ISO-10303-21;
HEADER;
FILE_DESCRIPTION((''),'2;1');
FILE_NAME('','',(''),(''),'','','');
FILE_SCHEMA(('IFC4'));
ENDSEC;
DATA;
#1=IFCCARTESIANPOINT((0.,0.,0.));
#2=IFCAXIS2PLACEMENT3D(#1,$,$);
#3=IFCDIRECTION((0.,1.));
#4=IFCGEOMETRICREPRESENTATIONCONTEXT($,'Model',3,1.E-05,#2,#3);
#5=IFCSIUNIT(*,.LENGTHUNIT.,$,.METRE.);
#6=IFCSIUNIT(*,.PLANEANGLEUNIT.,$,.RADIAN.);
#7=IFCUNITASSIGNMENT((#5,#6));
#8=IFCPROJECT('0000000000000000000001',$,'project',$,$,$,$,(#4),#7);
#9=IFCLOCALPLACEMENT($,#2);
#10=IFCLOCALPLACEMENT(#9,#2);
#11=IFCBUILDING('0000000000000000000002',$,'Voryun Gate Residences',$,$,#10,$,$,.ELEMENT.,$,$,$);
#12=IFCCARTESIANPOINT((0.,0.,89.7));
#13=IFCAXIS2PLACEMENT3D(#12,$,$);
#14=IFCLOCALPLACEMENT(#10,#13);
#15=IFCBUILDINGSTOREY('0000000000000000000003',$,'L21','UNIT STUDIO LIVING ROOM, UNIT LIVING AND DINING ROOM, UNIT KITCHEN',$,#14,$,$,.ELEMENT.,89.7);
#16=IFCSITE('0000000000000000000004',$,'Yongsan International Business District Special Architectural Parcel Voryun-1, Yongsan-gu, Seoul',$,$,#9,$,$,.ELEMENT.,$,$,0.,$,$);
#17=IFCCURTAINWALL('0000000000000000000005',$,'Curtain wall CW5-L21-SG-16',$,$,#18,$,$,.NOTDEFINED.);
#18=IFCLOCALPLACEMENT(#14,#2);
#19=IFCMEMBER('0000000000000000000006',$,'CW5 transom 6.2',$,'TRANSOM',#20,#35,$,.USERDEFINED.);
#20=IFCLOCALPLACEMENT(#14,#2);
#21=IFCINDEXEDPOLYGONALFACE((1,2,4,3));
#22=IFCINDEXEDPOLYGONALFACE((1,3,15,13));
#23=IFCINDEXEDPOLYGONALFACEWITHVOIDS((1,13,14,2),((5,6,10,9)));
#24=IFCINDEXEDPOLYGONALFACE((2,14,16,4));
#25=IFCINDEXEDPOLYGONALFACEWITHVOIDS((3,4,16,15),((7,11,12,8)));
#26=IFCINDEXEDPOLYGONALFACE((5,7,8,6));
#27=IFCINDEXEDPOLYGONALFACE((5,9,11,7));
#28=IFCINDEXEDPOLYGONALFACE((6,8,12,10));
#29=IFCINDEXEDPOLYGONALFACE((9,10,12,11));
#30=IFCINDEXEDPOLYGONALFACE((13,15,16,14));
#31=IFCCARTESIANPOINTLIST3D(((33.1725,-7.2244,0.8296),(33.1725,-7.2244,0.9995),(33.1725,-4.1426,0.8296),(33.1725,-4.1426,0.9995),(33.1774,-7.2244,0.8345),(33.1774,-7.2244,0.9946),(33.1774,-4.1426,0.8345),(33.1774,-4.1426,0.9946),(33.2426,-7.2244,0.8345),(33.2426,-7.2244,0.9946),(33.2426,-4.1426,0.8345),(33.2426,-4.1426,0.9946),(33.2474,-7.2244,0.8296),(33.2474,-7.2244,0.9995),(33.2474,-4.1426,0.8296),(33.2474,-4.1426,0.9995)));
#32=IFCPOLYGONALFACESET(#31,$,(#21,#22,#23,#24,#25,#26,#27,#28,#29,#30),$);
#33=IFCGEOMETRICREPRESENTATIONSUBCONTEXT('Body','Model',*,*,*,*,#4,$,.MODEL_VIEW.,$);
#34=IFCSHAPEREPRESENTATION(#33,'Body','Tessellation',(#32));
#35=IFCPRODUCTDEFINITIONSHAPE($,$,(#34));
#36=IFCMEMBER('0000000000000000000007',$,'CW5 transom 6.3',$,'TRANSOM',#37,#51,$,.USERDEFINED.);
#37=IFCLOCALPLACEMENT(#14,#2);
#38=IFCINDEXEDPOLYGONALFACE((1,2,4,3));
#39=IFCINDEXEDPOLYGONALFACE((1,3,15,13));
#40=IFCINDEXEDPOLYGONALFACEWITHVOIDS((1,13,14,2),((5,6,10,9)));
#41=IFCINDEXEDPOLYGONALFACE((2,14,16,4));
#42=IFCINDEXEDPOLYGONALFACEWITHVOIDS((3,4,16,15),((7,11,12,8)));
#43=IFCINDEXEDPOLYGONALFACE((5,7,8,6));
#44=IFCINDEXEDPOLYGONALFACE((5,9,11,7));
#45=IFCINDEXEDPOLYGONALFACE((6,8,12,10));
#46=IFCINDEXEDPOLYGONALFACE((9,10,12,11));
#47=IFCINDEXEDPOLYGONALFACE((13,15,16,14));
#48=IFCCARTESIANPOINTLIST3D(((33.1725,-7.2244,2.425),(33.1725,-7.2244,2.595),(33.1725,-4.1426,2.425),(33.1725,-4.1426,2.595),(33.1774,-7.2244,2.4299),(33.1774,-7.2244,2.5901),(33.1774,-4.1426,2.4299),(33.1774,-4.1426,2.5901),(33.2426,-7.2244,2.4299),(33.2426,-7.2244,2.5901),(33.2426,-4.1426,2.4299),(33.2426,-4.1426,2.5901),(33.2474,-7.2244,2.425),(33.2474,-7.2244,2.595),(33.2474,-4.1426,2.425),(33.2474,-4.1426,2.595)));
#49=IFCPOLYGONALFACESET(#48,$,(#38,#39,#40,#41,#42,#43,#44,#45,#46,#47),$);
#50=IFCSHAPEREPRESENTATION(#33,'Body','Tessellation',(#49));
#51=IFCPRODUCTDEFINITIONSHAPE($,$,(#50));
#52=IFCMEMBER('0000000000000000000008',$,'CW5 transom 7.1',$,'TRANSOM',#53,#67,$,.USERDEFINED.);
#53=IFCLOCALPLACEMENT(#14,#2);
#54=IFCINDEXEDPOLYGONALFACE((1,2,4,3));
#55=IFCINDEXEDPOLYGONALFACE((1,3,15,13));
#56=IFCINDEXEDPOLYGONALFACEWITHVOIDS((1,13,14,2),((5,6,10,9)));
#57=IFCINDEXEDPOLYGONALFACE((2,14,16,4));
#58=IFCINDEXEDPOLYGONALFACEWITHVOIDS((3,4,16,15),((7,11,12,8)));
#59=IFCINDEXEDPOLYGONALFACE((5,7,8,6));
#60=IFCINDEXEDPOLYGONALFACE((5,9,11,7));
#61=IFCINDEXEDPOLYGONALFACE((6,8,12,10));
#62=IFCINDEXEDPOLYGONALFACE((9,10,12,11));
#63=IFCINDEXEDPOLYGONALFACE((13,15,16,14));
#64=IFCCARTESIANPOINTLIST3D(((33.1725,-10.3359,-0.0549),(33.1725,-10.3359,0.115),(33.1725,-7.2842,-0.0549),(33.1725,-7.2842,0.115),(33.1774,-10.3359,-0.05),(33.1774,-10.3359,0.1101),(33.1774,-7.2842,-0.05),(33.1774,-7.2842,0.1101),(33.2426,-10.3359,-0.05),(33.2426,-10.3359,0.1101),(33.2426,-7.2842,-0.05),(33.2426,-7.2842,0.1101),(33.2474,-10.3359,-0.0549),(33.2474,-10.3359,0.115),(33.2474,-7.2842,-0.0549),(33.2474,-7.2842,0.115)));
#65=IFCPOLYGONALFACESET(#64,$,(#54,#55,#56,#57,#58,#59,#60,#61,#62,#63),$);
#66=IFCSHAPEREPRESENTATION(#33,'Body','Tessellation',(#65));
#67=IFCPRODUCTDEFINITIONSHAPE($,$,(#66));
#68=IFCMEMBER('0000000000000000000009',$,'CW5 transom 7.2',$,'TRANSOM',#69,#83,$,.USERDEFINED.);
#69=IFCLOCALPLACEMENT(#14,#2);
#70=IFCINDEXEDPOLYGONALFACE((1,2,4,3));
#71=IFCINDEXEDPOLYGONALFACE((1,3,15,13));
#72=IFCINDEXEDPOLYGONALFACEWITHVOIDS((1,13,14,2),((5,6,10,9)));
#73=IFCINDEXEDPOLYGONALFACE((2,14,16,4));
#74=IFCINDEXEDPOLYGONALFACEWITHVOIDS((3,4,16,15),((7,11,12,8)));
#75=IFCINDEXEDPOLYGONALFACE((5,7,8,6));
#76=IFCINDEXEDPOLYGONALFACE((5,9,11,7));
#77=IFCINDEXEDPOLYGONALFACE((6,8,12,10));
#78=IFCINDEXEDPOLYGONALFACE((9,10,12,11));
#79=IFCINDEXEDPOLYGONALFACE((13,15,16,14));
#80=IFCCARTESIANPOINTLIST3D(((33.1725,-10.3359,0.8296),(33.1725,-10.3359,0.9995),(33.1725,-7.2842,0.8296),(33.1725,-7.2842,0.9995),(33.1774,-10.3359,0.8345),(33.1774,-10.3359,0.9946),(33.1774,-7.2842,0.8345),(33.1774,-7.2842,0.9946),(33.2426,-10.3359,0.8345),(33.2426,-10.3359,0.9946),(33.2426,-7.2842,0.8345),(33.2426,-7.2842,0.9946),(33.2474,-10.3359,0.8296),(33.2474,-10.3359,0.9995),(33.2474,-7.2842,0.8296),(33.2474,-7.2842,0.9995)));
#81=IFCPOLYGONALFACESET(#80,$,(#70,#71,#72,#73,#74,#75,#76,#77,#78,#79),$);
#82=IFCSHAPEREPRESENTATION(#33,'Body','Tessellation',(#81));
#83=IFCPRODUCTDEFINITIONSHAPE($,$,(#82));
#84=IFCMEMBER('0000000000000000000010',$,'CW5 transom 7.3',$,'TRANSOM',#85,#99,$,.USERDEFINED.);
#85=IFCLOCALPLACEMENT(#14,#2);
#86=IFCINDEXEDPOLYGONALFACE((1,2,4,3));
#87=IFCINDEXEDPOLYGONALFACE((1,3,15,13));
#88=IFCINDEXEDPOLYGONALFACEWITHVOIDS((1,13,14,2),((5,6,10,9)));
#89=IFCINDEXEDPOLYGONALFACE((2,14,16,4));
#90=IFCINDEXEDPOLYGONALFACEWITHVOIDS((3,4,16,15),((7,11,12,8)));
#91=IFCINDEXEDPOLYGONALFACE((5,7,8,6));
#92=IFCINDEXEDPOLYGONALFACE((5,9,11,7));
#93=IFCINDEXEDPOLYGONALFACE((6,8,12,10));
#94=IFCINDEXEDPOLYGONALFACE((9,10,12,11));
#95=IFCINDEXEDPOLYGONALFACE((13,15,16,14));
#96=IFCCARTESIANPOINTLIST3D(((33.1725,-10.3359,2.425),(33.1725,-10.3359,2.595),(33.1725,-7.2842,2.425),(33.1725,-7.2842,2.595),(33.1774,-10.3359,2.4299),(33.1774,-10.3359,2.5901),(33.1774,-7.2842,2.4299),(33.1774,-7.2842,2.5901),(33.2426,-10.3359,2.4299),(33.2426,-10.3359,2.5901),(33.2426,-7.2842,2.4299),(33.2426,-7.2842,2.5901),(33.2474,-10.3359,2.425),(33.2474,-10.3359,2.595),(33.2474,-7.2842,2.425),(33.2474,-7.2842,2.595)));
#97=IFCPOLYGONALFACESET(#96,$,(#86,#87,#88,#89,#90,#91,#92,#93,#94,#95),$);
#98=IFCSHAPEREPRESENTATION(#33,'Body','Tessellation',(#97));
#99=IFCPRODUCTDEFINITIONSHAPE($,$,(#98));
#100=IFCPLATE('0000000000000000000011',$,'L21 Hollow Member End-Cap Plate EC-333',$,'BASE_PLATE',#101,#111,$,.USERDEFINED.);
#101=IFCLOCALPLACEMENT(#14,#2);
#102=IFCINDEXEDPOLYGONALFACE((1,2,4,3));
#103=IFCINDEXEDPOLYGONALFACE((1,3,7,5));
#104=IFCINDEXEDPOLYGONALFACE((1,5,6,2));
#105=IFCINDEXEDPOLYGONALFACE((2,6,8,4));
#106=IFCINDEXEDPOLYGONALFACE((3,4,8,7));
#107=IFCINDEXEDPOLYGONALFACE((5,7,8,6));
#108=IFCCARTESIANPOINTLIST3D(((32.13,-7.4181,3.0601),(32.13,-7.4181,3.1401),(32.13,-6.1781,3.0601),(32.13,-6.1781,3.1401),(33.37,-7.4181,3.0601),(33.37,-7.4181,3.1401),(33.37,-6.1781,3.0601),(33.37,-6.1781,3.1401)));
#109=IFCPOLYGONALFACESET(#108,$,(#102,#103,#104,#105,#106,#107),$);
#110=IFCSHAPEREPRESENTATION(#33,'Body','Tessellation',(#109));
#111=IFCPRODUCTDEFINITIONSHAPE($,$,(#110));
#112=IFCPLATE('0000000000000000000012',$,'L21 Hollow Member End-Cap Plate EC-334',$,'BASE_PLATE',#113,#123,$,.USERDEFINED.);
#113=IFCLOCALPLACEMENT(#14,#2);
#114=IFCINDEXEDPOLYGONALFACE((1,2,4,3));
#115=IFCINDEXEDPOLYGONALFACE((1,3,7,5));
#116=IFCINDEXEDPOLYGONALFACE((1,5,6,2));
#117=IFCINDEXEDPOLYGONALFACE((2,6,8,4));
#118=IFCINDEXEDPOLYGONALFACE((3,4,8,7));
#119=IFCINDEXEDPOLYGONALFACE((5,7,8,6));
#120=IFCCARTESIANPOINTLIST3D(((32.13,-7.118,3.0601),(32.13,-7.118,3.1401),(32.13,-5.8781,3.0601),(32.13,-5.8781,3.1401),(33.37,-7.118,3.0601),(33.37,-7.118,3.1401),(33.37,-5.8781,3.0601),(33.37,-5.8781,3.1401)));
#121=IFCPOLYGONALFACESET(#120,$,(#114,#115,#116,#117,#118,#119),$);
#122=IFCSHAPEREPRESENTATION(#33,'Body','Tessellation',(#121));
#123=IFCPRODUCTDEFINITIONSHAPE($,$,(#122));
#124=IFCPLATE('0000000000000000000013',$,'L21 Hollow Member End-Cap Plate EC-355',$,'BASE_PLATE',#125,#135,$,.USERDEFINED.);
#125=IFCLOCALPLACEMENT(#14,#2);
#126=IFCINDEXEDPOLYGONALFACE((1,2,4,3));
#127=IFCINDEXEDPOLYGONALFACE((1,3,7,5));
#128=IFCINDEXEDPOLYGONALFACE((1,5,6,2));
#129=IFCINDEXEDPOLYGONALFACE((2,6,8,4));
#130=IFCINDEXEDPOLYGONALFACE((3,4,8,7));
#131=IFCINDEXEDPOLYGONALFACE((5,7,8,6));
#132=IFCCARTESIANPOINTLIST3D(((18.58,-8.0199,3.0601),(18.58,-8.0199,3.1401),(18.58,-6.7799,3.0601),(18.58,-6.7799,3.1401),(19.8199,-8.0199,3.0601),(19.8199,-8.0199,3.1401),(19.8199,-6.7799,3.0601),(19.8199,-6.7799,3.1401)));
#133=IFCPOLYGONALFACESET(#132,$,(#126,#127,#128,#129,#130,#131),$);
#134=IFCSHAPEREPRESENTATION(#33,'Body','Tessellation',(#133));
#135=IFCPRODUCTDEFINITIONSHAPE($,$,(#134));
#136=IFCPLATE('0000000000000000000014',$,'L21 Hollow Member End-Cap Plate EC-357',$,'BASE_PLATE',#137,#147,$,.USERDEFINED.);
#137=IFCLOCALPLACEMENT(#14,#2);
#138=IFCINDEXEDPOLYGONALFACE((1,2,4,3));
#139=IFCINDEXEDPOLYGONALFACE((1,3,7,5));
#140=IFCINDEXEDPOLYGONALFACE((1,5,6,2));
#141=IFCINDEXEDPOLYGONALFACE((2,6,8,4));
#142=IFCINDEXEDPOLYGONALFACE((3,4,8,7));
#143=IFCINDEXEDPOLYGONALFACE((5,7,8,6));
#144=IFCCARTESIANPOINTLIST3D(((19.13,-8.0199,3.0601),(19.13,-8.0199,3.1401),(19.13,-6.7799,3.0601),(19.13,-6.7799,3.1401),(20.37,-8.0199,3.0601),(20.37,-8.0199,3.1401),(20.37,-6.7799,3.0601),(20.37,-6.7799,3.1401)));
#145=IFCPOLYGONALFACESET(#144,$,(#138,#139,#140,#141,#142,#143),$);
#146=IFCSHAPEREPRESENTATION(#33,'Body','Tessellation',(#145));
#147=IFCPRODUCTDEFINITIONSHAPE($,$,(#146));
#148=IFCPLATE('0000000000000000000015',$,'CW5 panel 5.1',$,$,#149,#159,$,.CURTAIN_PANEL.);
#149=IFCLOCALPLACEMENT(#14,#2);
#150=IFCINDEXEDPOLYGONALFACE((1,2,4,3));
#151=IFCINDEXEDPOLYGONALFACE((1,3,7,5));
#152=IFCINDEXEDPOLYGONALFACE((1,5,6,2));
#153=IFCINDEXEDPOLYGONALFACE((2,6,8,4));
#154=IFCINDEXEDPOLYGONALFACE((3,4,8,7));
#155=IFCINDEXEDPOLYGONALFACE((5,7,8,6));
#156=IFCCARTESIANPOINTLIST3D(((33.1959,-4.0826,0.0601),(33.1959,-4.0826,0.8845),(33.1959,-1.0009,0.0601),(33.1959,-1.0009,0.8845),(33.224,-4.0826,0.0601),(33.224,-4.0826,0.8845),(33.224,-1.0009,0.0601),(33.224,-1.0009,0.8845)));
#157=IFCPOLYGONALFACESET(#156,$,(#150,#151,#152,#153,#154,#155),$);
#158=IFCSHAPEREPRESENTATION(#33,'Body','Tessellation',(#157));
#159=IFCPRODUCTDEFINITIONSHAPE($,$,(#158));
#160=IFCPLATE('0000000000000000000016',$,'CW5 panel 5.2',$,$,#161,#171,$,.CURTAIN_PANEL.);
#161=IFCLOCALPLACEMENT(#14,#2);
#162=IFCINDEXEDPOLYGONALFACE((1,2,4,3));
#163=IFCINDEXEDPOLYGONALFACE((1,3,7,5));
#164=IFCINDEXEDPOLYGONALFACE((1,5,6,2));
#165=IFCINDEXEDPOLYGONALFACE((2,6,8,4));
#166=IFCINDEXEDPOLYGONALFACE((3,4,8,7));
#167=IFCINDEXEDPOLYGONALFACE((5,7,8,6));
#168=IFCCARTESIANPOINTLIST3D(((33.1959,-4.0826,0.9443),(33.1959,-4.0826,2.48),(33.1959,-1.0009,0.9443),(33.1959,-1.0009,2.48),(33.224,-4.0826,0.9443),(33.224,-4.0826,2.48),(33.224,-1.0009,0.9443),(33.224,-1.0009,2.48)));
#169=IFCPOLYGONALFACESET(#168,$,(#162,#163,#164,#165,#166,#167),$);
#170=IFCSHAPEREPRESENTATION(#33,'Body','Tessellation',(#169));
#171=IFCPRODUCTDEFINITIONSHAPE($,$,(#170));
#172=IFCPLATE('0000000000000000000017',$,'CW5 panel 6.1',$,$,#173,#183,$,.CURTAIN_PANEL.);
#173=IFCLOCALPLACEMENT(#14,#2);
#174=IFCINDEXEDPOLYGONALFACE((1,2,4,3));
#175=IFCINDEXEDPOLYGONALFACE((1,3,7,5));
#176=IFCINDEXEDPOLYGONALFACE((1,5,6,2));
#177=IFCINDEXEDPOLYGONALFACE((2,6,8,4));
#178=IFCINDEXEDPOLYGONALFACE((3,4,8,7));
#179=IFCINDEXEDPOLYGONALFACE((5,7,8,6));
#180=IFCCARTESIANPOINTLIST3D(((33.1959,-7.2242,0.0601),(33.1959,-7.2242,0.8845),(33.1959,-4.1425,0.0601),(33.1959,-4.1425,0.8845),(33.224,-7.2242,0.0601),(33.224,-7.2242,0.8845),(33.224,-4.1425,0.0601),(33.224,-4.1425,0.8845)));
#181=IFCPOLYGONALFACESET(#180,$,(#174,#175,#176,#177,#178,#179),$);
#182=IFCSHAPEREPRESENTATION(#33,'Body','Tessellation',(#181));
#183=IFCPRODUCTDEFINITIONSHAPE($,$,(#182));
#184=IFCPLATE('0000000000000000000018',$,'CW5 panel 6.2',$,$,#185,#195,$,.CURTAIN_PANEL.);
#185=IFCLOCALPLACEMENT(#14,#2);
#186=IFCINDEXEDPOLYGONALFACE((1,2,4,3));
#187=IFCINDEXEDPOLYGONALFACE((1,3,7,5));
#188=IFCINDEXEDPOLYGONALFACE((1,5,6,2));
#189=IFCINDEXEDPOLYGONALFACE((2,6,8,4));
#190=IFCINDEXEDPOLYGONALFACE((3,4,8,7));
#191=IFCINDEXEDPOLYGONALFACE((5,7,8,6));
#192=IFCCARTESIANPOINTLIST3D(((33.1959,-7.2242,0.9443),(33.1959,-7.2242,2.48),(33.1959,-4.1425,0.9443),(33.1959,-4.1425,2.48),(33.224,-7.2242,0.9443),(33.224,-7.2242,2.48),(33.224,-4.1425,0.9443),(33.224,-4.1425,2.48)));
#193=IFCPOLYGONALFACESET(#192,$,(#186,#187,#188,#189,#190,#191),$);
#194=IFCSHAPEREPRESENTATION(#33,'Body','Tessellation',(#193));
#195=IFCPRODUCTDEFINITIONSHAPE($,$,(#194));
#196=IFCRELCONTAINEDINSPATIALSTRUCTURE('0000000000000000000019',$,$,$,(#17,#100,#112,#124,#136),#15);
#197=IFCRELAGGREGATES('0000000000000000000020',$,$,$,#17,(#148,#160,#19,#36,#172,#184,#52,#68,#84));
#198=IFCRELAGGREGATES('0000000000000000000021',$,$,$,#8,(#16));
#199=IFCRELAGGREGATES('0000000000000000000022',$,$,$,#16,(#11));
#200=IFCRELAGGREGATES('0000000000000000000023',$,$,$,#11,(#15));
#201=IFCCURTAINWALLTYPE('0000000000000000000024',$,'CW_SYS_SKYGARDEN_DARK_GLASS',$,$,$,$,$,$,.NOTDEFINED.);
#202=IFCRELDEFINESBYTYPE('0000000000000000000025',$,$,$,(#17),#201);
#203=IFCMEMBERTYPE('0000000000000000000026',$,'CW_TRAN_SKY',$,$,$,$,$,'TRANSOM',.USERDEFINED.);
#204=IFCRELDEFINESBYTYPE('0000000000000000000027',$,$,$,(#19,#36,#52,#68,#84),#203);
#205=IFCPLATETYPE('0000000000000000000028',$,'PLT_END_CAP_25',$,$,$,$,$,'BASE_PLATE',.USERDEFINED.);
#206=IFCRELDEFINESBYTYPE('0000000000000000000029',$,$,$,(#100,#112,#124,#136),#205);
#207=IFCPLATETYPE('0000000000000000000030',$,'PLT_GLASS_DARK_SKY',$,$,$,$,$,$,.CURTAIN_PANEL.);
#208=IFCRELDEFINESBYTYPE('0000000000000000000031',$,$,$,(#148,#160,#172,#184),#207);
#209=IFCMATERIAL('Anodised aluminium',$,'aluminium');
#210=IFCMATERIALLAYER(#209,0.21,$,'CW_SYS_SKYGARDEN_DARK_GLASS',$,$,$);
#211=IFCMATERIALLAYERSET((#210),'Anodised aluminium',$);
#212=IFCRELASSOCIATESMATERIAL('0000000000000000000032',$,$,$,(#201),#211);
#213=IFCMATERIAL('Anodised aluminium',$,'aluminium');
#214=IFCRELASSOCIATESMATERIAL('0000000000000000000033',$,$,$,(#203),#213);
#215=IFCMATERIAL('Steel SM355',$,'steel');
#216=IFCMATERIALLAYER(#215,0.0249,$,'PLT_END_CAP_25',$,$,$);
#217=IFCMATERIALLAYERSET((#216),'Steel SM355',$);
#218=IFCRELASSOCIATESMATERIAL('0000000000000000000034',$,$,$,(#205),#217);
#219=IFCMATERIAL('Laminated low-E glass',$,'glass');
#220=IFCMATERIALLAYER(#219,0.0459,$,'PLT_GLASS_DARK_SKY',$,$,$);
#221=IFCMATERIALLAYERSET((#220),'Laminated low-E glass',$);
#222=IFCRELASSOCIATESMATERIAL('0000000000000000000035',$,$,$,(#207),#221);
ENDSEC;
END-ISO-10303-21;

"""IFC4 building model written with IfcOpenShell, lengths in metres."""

from ifc_helpers import new_model, si_unit, direction, frame, origin, origin_2d, place, context, subcontext, project, spatial, rectangle, hollow_rectangle, extrude, material, layer, layer_set, material_profile, profile_set, type_object, element, aggregate, save


model = new_model("IFC4")

# Units and contexts
model_context = context("Model", 3, precision=1e-05, world=origin(), true_north=direction((0.0, 1.0)))
body_context = subcontext(model_context, "Body", "Model", "MODEL_VIEW")
ifc_project = project(units=[si_unit("LENGTHUNIT", "METRE"), si_unit("PLANEANGLEUNIT", "RADIAN")], contexts=[model_context])

# Site, building, storey
site_placement = place(None, origin())
site = spatial("IfcSite", under=ifc_project, at=site_placement, Name="Yongsan International Business District Special Architectural Parcel Voryun-1, Yongsan-gu, Seoul", CompositionType="ELEMENT", RefElevation=0.0)
building_placement = place(site_placement, origin())
building = spatial("IfcBuilding", under=site, at=building_placement, Name="Voryun Gate Residences", CompositionType="ELEMENT")
storey_placement = place(building_placement, frame((0.0, 0.0, 89.7)))
storey = spatial("IfcBuildingStorey", under=building, at=storey_placement, Name="L21", Description="UNIT STUDIO LIVING ROOM, UNIT LIVING AND DINING ROOM, UNIT KITCHEN", CompositionType="ELEMENT", Elevation=89.7)

# Curtain wall, members
ifc_material_1 = material(Name="Anodised aluminium", Category="aluminium")
ifc_layer_1 = layer(ifc_material_1, 0.21, Name="CW_SYS_SKYGARDEN_DARK_GLASS")
ifc_layer_set_1 = layer_set([ifc_layer_1], Name="Anodised aluminium")
curtain_wall_type = type_object("IfcCurtainWallType", Name="CW_SYS_SKYGARDEN_DARK_GLASS", PredefinedType="NOTDEFINED", material=ifc_layer_set_1)
curtain_wall_placement = place(storey_placement, origin())
curtain_wall = element("IfcCurtainWall", 1, at=curtain_wall_placement, inside=storey, type_object=curtain_wall_type, Name="Curtain wall CW5-L21-SG-16", PredefinedType="NOTDEFINED")
ifc_material_2 = material(Name="Anodised aluminium", Category="aluminium")
ifc_material_profile_1 = material_profile(ifc_material_2, hollow_rectangle(XDim=0.075, YDim=0.1699, WallThickness=0.0049, at=origin_2d()), Name="ALU-TRAN-170x75x5")
ifc_profile_set_1 = profile_set([ifc_material_profile_1], Name="Anodised aluminium")
member_type_1 = type_object("IfcMemberType", Name="CW_TRAN_SKY", ElementType="TRANSOM", PredefinedType="USERDEFINED", material=ifc_profile_set_1)
member_1_placement = place(storey_placement, frame((33.21, -4.1426, 0.9146), z_axis=(0.0, -1.0, 0.0), x_axis=(1.0, 0.0, 0.0)))
member_1 = element("IfcMember", 2, at=member_1_placement, type_object=member_type_1, Name="CW5 transom 6.2", ObjectType="TRANSOM", PredefinedType="USERDEFINED", context=body_context, shape_type="SweptSolid", body=[
    extrude(hollow_rectangle(XDim=0.075, YDim=0.1699, WallThickness=0.0049, at=origin_2d()), origin(), (0.0, 0.0, 1.0), 3.0818),
])
member_2_placement = place(storey_placement, frame((33.21, -4.1426, 2.51), z_axis=(0.0, -1.0, 0.0), x_axis=(1.0, 0.0, 0.0)))
member_2 = element("IfcMember", 3, at=member_2_placement, type_object=member_type_1, Name="CW5 transom 6.3", ObjectType="TRANSOM", PredefinedType="USERDEFINED", context=body_context, shape_type="SweptSolid", body=[
    extrude(hollow_rectangle(XDim=0.075, YDim=0.1699, WallThickness=0.0049, at=origin_2d()), origin(), (0.0, 0.0, 1.0), 3.0818),
])
member_3_placement = place(storey_placement, frame((33.21, -7.2842, 0.03), z_axis=(0.0, -1.0, 0.0), x_axis=(1.0, 0.0, 0.0)))
member_3 = element("IfcMember", 4, at=member_3_placement, type_object=member_type_1, Name="CW5 transom 7.1", ObjectType="TRANSOM", PredefinedType="USERDEFINED", context=body_context, shape_type="SweptSolid", body=[
    extrude(hollow_rectangle(XDim=0.075, YDim=0.1699, WallThickness=0.0049, at=origin_2d()), origin(), (0.0, 0.0, 1.0), 3.0518),
])
member_4_placement = place(storey_placement, frame((33.21, -7.2842, 0.9146), z_axis=(0.0, -1.0, 0.0), x_axis=(1.0, 0.0, 0.0)))
member_4 = element("IfcMember", 5, at=member_4_placement, type_object=member_type_1, Name="CW5 transom 7.2", ObjectType="TRANSOM", PredefinedType="USERDEFINED", context=body_context, shape_type="SweptSolid", body=[
    extrude(hollow_rectangle(XDim=0.075, YDim=0.1699, WallThickness=0.0049, at=origin_2d()), origin(), (0.0, 0.0, 1.0), 3.0518),
])
member_5_placement = place(storey_placement, frame((33.21, -7.2842, 2.51), z_axis=(0.0, -1.0, 0.0), x_axis=(1.0, 0.0, 0.0)))
member_5 = element("IfcMember", 6, at=member_5_placement, type_object=member_type_1, Name="CW5 transom 7.3", ObjectType="TRANSOM", PredefinedType="USERDEFINED", context=body_context, shape_type="SweptSolid", body=[
    extrude(hollow_rectangle(XDim=0.075, YDim=0.1699, WallThickness=0.0049, at=origin_2d()), origin(), (0.0, 0.0, 1.0), 3.0518),
])

# Plates
ifc_material_3 = material(Name="Steel SM355", Category="steel")
ifc_layer_2 = layer(ifc_material_3, 0.0249, Name="PLT_END_CAP_25")
ifc_layer_set_2 = layer_set([ifc_layer_2], Name="Steel SM355")
plate_type_1 = type_object("IfcPlateType", Name="PLT_END_CAP_25", ElementType="BASE_PLATE", PredefinedType="USERDEFINED", material=ifc_layer_set_2)
for number, where, z_axis, x_axis, name in (
    (7, (32.75, -6.7981, 3.0601), (0.0, 0.0, 1.0), (1.0, 0.0, 0.0), "L21 Hollow Member End-Cap Plate EC-333"),
    (8, (32.75, -6.498, 3.0601), (0.0, 0.0, 1.0), (1.0, 0.0, 0.0), "L21 Hollow Member End-Cap Plate EC-334"),
    (9, (19.2, -7.3999, 3.0601), (0.0, 0.0, 1.0), (1.0, 0.0, 0.0), "L21 Hollow Member End-Cap Plate EC-355"),
    (10, (19.75, -7.3999, 3.0601), (0.0, 0.0, 1.0), (1.0, 0.0, 0.0), "L21 Hollow Member End-Cap Plate EC-357"),
):
    element("IfcPlate", number, at=place(storey_placement, frame(where, z_axis=z_axis, x_axis=x_axis)), inside=storey, type_object=plate_type_1, Name=name, ObjectType="BASE_PLATE", PredefinedType="USERDEFINED", context=body_context, shape_type="SweptSolid", body=[
        extrude(rectangle(XDim=1.24, YDim=1.24, at=origin_2d()), origin(), (0.0, 0.0, 1.0), 0.0801),
    ])

# Plates
ifc_material_4 = material(Name="Laminated low-E glass", Category="glass")
ifc_layer_3 = layer(ifc_material_4, 0.0459, Name="PLT_GLASS_DARK_SKY")
ifc_layer_set_3 = layer_set([ifc_layer_3], Name="Laminated low-E glass")
plate_type_2 = type_object("IfcPlateType", Name="PLT_GLASS_DARK_SKY", PredefinedType="CURTAIN_PANEL", material=ifc_layer_set_3)
plate_1_placement = place(storey_placement, frame((33.21, -2.5417, 0.0601), z_axis=(0.0, 0.0, 1.0), x_axis=(0.0, -1.0, 0.0)))
plate_1 = element("IfcPlate", 11, at=plate_1_placement, type_object=plate_type_2, Name="CW5 panel 5.1", PredefinedType="CURTAIN_PANEL", context=body_context, shape_type="SweptSolid", body=[
    extrude(rectangle(XDim=3.0818, YDim=0.0281, at=origin_2d()), origin(), (0.0, 0.0, 1.0), 0.8245),
])
plate_2_placement = place(storey_placement, frame((33.21, -2.5417, 0.9443), z_axis=(0.0, 0.0, 1.0), x_axis=(0.0, -1.0, 0.0)))
plate_2 = element("IfcPlate", 12, at=plate_2_placement, type_object=plate_type_2, Name="CW5 panel 5.2", PredefinedType="CURTAIN_PANEL", context=body_context, shape_type="SweptSolid", body=[
    extrude(rectangle(XDim=3.0818, YDim=0.0281, at=origin_2d()), origin(), (0.0, 0.0, 1.0), 1.5356),
])
plate_3_placement = place(storey_placement, frame((33.21, -5.6833, 0.0601), z_axis=(0.0, 0.0, 1.0), x_axis=(0.0, -1.0, 0.0)))
plate_3 = element("IfcPlate", 13, at=plate_3_placement, type_object=plate_type_2, Name="CW5 panel 6.1", PredefinedType="CURTAIN_PANEL", context=body_context, shape_type="SweptSolid", body=[
    extrude(rectangle(XDim=3.0818, YDim=0.0281, at=origin_2d()), origin(), (0.0, 0.0, 1.0), 0.8245),
])
plate_4_placement = place(storey_placement, frame((33.21, -5.6833, 0.9443), z_axis=(0.0, 0.0, 1.0), x_axis=(0.0, -1.0, 0.0)))
plate_4 = element("IfcPlate", 14, at=plate_4_placement, type_object=plate_type_2, Name="CW5 panel 6.2", PredefinedType="CURTAIN_PANEL", context=body_context, shape_type="SweptSolid", body=[
    extrude(rectangle(XDim=3.0818, YDim=0.0281, at=origin_2d()), origin(), (0.0, 0.0, 1.0), 1.5356),
])
aggregate(curtain_wall, [plate_1, plate_2, member_1, member_2, plate_3, plate_4, member_3, member_4, member_5])

save(model, "model.ifc")
